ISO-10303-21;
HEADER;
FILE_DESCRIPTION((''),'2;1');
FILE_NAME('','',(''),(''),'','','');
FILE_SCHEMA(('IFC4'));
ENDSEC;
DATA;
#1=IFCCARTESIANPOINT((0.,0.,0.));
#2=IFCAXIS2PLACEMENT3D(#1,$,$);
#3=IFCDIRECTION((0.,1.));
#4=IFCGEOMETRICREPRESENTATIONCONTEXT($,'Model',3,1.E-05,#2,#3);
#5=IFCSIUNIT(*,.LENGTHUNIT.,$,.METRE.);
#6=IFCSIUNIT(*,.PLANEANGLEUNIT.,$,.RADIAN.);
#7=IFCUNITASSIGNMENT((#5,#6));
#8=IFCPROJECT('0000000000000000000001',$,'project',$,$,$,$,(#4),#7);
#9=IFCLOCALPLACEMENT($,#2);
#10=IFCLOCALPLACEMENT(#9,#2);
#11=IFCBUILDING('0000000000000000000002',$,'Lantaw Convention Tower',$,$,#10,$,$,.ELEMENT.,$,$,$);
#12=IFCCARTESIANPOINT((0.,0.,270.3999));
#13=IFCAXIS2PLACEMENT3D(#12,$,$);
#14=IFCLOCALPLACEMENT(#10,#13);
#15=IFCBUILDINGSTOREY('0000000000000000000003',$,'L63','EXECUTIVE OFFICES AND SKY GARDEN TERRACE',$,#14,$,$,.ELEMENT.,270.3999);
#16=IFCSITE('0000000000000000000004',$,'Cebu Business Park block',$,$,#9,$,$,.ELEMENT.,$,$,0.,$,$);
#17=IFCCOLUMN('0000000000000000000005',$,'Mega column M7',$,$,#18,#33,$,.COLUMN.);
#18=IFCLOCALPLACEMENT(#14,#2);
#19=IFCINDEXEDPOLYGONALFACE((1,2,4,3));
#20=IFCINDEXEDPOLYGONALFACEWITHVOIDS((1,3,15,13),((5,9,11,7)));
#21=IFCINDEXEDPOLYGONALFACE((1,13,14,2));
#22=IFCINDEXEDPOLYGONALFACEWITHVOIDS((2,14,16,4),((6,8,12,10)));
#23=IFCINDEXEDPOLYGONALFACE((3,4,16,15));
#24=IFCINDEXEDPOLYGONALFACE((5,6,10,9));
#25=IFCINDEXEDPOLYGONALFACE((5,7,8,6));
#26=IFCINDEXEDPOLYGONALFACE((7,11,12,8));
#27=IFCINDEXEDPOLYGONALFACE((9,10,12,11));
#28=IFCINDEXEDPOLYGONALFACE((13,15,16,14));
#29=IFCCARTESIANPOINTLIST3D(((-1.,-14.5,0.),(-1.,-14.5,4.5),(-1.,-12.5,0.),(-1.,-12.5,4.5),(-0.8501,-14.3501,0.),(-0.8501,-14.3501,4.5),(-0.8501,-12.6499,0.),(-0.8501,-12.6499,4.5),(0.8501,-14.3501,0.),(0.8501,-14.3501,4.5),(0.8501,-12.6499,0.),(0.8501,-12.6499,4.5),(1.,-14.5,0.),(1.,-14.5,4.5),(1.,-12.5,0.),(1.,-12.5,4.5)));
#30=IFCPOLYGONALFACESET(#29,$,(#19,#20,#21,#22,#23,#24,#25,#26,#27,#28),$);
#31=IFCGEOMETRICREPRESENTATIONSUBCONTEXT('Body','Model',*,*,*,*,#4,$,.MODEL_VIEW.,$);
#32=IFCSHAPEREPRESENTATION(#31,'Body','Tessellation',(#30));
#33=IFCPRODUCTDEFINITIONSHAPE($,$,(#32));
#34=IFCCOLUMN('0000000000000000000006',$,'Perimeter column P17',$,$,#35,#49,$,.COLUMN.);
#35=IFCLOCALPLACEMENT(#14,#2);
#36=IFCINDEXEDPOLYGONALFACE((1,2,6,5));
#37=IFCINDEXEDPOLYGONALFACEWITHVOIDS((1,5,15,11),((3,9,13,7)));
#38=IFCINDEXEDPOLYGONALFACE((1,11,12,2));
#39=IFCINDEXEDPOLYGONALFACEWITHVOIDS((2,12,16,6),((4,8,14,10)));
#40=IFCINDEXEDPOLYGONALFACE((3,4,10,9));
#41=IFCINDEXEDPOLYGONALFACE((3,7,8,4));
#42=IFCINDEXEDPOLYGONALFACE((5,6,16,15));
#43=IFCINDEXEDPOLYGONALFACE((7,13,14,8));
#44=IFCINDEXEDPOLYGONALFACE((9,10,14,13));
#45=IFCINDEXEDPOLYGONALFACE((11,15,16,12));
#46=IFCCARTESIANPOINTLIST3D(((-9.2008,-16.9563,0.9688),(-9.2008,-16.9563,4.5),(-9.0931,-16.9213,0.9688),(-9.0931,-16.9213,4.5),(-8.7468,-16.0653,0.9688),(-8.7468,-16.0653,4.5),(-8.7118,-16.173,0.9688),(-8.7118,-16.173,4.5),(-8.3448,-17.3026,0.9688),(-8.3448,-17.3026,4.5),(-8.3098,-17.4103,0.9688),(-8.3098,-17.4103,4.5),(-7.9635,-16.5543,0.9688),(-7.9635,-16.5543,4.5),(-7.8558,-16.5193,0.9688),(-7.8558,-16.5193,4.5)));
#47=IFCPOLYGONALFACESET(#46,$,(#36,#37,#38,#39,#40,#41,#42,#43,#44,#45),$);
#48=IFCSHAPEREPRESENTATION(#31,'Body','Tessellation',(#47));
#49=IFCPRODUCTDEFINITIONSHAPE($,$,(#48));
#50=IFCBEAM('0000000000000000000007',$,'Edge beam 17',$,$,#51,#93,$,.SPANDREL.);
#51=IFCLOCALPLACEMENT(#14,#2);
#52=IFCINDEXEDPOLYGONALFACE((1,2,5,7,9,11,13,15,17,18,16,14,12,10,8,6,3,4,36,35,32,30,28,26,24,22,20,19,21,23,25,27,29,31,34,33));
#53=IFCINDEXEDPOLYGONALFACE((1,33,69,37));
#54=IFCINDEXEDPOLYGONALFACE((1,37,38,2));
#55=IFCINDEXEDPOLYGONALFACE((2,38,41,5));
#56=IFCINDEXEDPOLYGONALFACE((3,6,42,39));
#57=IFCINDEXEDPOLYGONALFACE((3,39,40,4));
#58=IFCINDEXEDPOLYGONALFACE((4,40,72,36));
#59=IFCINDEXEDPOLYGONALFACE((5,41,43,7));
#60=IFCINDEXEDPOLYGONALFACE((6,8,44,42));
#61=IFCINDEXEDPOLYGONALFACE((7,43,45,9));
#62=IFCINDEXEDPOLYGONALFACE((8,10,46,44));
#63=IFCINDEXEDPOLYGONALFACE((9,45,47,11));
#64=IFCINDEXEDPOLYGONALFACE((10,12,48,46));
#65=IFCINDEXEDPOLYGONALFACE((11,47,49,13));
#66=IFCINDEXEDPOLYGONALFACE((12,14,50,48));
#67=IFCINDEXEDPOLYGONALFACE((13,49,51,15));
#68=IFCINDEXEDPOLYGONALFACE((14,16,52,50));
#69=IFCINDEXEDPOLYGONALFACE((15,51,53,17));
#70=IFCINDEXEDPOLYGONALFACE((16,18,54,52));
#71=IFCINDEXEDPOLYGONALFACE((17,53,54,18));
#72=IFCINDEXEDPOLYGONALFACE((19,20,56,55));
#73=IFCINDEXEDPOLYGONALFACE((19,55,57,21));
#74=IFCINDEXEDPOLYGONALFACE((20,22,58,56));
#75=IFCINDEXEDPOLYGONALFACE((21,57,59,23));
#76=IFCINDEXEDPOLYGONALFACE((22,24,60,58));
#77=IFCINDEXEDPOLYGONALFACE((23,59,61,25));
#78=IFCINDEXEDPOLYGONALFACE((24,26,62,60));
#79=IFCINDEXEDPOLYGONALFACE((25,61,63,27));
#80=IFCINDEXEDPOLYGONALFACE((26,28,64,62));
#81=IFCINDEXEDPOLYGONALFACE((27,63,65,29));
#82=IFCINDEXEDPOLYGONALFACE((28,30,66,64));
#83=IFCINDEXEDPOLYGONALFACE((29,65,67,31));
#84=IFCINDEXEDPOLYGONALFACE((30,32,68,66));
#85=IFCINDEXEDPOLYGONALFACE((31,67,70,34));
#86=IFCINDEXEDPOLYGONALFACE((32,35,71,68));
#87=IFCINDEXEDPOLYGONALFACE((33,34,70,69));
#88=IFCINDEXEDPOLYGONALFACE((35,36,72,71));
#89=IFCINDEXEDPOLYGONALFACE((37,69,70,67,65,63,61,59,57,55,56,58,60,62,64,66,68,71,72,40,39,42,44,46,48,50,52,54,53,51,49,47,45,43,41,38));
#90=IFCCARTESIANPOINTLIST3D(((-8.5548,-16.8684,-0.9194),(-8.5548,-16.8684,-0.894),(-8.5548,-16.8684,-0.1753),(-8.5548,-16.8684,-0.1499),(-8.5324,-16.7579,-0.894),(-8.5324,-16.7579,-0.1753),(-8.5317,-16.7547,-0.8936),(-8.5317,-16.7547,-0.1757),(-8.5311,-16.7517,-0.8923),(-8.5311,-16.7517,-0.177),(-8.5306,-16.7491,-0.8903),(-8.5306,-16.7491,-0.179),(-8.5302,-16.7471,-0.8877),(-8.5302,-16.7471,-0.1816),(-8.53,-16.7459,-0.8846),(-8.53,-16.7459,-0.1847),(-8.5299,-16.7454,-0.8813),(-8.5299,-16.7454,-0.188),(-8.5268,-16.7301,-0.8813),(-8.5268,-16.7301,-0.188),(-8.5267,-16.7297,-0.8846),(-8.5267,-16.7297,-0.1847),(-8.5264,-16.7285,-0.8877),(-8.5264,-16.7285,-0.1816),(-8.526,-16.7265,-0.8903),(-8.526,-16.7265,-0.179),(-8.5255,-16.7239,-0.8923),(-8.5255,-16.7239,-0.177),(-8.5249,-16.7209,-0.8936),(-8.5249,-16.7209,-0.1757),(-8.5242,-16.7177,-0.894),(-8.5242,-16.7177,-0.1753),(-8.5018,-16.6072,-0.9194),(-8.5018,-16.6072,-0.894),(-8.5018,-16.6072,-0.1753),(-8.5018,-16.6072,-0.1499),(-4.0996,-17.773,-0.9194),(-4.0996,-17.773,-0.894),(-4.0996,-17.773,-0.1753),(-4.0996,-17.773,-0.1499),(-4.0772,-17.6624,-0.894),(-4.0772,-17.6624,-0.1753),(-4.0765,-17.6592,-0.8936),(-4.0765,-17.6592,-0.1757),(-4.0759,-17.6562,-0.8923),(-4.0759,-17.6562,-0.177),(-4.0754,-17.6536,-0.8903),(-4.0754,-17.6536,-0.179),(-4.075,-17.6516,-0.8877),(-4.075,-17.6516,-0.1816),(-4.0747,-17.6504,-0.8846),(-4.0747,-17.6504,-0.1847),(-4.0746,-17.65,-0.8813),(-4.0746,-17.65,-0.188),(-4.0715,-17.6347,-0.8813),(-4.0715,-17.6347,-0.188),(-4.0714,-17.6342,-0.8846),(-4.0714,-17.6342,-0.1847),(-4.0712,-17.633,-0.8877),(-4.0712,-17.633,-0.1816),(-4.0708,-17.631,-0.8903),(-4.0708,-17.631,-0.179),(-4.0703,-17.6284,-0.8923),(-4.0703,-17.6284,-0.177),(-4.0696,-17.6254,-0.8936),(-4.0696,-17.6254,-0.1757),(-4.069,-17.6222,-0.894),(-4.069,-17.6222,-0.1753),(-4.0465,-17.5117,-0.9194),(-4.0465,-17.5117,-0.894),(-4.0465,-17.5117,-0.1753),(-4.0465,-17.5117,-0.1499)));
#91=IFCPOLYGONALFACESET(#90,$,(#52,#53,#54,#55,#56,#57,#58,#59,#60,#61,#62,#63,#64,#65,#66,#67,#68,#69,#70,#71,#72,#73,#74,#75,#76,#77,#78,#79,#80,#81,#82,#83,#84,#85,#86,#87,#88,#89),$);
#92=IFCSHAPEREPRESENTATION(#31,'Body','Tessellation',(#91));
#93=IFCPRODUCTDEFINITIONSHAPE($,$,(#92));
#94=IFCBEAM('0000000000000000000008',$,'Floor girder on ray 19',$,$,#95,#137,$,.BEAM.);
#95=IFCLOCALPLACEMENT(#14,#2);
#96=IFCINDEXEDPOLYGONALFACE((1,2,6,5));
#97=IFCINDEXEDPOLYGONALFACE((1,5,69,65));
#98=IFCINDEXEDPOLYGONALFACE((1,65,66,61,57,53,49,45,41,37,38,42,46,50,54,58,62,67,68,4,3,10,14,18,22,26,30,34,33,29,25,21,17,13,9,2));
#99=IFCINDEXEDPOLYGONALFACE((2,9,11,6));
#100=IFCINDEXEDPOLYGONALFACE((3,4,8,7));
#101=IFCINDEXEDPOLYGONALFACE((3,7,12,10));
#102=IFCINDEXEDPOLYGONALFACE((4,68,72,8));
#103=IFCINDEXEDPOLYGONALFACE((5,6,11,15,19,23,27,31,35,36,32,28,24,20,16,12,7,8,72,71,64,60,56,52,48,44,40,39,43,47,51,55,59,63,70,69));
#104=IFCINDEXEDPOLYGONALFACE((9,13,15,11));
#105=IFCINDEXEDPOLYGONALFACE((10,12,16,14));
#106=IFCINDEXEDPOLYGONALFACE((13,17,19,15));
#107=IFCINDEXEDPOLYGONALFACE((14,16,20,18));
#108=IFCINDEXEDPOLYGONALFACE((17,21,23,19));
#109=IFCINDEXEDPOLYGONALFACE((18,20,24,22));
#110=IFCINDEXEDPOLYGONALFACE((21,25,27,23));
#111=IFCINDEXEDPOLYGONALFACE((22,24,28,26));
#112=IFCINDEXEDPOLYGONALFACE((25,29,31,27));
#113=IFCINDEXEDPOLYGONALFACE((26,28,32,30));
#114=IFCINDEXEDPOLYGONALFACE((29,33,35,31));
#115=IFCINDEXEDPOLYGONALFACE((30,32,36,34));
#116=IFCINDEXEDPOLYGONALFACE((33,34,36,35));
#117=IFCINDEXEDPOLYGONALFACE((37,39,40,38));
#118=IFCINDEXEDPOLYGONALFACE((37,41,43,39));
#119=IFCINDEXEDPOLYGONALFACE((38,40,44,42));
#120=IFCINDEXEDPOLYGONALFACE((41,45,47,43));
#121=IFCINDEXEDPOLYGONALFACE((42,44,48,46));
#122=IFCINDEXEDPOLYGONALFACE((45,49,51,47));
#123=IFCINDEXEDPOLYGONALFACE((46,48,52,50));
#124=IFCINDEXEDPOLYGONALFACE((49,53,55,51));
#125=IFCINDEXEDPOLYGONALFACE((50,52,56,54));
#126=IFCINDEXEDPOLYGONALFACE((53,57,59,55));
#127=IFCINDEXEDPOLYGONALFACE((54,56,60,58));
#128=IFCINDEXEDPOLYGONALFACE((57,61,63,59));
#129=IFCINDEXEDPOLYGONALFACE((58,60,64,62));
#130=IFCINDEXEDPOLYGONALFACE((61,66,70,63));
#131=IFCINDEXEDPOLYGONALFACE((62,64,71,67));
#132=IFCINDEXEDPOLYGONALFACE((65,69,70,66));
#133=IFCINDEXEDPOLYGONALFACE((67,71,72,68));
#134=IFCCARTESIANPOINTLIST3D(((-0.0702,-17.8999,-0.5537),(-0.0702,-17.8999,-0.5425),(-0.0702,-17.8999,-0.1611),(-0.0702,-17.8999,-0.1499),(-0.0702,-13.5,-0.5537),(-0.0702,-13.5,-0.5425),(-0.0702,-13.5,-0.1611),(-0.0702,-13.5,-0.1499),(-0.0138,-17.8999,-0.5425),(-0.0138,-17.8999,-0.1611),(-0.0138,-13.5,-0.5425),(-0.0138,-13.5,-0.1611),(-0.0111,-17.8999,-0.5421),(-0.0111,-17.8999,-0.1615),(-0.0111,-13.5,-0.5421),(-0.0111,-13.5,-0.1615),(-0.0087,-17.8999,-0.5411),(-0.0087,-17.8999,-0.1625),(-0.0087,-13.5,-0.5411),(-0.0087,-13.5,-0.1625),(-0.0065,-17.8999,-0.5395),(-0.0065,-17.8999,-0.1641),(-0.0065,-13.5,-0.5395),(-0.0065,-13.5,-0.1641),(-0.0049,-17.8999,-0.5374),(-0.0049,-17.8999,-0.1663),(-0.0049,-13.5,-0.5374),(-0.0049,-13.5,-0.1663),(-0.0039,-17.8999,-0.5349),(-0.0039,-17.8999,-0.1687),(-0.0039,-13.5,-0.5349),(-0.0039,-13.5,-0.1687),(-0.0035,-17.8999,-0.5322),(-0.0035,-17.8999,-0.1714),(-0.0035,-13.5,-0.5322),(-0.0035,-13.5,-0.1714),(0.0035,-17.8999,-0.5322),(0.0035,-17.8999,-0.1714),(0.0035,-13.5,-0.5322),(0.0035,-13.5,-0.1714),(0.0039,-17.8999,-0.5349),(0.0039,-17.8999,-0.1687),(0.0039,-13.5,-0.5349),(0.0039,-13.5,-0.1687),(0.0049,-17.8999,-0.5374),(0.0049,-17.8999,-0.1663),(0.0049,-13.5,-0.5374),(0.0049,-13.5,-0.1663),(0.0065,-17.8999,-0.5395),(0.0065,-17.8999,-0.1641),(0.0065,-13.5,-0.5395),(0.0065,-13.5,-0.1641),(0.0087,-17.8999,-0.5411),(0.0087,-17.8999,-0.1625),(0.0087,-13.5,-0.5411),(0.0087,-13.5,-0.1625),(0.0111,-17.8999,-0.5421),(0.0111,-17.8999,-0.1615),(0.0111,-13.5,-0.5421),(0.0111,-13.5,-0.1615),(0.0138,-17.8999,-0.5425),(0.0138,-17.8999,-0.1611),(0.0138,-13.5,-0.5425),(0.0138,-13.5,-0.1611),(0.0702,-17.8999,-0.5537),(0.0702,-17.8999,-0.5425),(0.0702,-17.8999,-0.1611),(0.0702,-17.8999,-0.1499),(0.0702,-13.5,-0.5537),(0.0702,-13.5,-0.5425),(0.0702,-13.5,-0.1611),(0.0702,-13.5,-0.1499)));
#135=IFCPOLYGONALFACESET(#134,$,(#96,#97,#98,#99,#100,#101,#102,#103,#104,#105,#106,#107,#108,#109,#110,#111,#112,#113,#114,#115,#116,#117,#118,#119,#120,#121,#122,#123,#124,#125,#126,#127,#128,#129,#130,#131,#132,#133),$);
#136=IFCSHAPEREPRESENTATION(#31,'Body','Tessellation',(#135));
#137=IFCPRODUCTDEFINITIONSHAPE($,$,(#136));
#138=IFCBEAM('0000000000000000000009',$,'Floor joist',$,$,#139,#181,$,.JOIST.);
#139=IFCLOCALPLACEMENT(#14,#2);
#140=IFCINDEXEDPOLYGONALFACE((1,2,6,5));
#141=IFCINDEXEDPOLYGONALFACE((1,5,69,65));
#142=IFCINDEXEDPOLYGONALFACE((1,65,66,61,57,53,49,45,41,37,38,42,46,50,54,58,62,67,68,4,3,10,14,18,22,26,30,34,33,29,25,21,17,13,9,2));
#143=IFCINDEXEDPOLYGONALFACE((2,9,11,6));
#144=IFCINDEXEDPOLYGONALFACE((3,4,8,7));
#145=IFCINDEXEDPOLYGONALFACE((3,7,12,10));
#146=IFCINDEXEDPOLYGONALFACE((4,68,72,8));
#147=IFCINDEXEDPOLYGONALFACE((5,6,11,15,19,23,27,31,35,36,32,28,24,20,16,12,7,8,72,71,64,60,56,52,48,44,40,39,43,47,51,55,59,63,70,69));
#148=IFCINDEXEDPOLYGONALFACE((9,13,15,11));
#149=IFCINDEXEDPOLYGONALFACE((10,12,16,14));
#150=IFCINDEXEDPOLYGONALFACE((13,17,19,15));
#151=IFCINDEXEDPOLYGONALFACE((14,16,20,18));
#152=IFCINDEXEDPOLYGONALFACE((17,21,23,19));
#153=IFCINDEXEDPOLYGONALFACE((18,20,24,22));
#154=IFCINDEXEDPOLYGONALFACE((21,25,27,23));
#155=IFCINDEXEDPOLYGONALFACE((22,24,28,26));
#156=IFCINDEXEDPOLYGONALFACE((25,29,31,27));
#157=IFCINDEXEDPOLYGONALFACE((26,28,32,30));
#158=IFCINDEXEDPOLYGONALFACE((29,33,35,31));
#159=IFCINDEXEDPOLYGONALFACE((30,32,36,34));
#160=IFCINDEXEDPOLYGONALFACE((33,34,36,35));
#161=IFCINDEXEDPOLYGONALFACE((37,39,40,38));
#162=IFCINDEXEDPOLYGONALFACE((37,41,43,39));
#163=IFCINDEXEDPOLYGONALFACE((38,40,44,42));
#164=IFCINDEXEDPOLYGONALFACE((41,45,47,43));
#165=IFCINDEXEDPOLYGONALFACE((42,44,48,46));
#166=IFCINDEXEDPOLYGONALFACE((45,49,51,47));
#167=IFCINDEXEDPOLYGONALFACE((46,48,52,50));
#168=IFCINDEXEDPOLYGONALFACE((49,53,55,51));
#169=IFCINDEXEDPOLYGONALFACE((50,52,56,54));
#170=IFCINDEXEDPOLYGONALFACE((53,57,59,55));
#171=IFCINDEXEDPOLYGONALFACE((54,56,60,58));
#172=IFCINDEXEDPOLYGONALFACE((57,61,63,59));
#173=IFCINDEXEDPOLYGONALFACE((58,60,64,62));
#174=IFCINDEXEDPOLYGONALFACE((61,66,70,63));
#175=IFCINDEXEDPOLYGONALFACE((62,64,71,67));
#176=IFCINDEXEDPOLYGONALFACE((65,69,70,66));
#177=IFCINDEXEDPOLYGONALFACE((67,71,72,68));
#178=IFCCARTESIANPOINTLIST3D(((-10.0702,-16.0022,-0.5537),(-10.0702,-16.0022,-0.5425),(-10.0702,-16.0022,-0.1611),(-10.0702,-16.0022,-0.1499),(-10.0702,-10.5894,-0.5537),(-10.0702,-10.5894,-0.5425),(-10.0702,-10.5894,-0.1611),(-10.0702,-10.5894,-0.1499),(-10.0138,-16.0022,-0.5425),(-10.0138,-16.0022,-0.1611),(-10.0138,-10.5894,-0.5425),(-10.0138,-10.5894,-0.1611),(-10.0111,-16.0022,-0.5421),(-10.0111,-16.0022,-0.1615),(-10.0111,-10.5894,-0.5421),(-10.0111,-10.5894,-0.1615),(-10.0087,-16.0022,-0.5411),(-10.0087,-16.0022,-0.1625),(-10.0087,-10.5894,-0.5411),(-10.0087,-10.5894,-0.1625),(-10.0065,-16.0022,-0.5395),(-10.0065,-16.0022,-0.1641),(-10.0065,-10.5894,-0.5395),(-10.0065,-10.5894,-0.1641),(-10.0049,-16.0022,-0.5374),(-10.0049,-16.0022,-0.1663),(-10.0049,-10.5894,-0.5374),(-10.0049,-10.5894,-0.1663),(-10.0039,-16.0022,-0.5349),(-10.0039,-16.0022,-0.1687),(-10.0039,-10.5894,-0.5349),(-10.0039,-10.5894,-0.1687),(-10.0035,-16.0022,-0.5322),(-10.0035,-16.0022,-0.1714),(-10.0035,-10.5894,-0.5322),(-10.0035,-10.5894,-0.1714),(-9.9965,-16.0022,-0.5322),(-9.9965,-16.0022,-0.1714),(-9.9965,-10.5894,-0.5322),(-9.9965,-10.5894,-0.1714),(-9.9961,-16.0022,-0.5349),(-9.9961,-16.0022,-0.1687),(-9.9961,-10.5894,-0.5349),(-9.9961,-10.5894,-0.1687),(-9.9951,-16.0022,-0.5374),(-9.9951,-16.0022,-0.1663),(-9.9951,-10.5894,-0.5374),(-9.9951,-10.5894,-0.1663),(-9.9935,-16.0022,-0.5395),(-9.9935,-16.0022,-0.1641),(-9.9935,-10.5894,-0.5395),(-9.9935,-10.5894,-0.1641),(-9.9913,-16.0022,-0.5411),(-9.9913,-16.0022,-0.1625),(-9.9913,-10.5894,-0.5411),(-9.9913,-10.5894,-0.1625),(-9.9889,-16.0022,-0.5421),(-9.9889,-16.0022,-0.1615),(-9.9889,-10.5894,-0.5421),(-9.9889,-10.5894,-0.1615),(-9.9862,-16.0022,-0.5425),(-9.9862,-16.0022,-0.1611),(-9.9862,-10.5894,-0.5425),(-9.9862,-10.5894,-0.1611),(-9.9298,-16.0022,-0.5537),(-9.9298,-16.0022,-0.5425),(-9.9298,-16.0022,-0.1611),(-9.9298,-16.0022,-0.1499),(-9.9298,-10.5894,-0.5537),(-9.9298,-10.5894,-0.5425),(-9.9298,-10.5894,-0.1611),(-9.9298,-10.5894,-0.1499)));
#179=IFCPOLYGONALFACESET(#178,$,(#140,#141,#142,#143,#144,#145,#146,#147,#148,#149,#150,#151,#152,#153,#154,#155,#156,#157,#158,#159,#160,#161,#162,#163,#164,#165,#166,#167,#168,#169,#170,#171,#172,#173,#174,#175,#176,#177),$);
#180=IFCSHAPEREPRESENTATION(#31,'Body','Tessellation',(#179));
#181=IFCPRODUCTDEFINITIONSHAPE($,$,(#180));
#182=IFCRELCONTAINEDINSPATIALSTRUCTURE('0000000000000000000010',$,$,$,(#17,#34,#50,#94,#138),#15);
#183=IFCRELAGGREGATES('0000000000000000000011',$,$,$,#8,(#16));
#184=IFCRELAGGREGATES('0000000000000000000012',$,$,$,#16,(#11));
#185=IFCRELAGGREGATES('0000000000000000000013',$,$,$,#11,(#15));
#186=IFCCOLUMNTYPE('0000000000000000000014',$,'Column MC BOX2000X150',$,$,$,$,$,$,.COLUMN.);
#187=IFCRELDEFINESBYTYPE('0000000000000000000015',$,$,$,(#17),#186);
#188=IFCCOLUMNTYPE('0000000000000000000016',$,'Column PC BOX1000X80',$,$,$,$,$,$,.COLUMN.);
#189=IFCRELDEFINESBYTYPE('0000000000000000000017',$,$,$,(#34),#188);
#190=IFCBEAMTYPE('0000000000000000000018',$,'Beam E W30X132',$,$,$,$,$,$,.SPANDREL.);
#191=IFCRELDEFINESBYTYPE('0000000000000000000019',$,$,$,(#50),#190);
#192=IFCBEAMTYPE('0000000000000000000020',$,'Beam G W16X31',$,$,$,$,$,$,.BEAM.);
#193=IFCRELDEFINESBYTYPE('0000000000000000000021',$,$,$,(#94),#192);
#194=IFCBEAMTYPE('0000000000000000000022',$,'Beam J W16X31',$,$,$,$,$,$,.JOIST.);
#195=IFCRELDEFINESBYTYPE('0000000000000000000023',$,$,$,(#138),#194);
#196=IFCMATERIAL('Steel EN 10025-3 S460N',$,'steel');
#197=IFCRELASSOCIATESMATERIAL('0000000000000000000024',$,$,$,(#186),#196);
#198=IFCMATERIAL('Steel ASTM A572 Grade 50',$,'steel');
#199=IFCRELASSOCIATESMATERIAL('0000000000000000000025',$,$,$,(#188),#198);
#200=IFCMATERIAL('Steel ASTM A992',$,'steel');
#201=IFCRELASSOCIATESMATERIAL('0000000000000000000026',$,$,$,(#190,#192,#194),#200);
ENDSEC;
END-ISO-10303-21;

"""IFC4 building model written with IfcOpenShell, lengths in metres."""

from ifc_helpers import new_model, si_unit, direction, frame, origin, origin_2d, place, context, subcontext, project, spatial, rectangle, hollow_rectangle, i_section, extrude, material, material_profile, profile_set, type_object, element, save


model = new_model("IFC4")

# Units and contexts
model_context = context("Model", 3, precision=1e-05, world=origin(), true_north=direction((0.0, 1.0)))
body_context = subcontext(model_context, "Body", "Model", "MODEL_VIEW")
ifc_project = project(units=[si_unit("LENGTHUNIT", "METRE"), si_unit("PLANEANGLEUNIT", "RADIAN")], contexts=[model_context])

# Site, building, storey
site_placement = place(None, origin())
site = spatial("IfcSite", under=ifc_project, at=site_placement, Name="Cebu Business Park block", CompositionType="ELEMENT", RefElevation=0.0)
building_placement = place(site_placement, origin())
building = spatial("IfcBuilding", under=site, at=building_placement, Name="Lantaw Convention Tower", CompositionType="ELEMENT")
storey_placement = place(building_placement, frame((0.0, 0.0, 270.3999)))
storey = spatial("IfcBuildingStorey", under=building, at=storey_placement, Name="L63", Description="EXECUTIVE OFFICES AND SKY GARDEN TERRACE", CompositionType="ELEMENT", Elevation=270.3999)

# Columns
ifc_material_1 = material(Name="Steel EN 10025-3 S460N", Category="steel")
ifc_material_profile_1 = material_profile(ifc_material_1, hollow_rectangle(XDim=2.0, YDim=2.0, WallThickness=0.1499, at=origin_2d()), Name="BOX2000X150")
ifc_material_2 = material(Name="Concrete C60/75", Category="concrete")
ifc_material_profile_2 = material_profile(ifc_material_2, rectangle(XDim=1.7, YDim=1.7, at=origin_2d()), Name="Concrete fill of BOX2000X150")
ifc_profile_set_1 = profile_set([ifc_material_profile_1, ifc_material_profile_2], Name="Steel EN 10025-3 S460N")
column_type_1 = type_object("IfcColumnType", Name="Column MC BOX2000X150", PredefinedType="COLUMN", material=ifc_profile_set_1)
column_1_placement = place(storey_placement, frame((0.0, -13.5, 0.0), z_axis=(0.0, 0.0, 1.0), x_axis=(1.0, 0.0, 0.0)))
element("IfcColumn", 1, at=column_1_placement, inside=storey, type_object=column_type_1, Name="Mega column M7", PredefinedType="COLUMN", context=body_context, shape_type="SweptSolid", body=[
    extrude(hollow_rectangle(XDim=2.0, YDim=2.0, WallThickness=0.1499, at=origin_2d()), origin(), (0.0, 0.0, 1.0), 4.5),
])
ifc_material_3 = material(Name="Steel ASTM A572 Grade 50", Category="steel")
ifc_material_profile_3 = material_profile(ifc_material_3, hollow_rectangle(XDim=1.0, YDim=1.0, WallThickness=0.0801, at=origin_2d()), Name="BOX1000X80")
ifc_material_profile_4 = material_profile(ifc_material_2, rectangle(XDim=0.8401, YDim=0.8401, at=origin_2d()), Name="Concrete fill of BOX1000X80")
ifc_profile_set_2 = profile_set([ifc_material_profile_3, ifc_material_profile_4], Name="Steel ASTM A572 Grade 50")
column_type_2 = type_object("IfcColumnType", Name="Column PC BOX1000X80", PredefinedType="COLUMN", material=ifc_profile_set_2)
column_2_placement = place(storey_placement, frame((-8.5283, -16.7378, 0.9688), z_axis=(0.0, 0.0, 1.0), x_axis=(0.45399, 0.891007, 0.0)))
element("IfcColumn", 2, at=column_2_placement, inside=storey, type_object=column_type_2, Name="Perimeter column P17", PredefinedType="COLUMN", context=body_context, shape_type="SweptSolid", body=[
    extrude(hollow_rectangle(XDim=1.0, YDim=1.0, WallThickness=0.0801, at=origin_2d()), origin(), (0.0, 0.0, 1.0), 3.5312),
])

# Beams
ifc_material_4 = material(Name="Steel ASTM A992", Category="steel")
ifc_material_profile_5 = material_profile(ifc_material_4, i_section(OverallWidth=0.2666, OverallDepth=0.7695, WebThickness=0.0156, FlangeThickness=0.0254, FilletRadius=0.0127, at=origin_2d()), Name="W30X132")
ifc_profile_set_3 = profile_set([ifc_material_profile_5], Name="Steel ASTM A992")
beam_type_1 = type_object("IfcBeamType", Name="Beam E W30X132", PredefinedType="SPANDREL", material=ifc_profile_set_3)
beam_1_placement = place(storey_placement, frame((-8.5283, -16.7378, -0.5347), z_axis=(0.980006, -0.198966, 0.0), x_axis=(0.198966, 0.980006, 0.0)))
element("IfcBeam", 3, at=beam_1_placement, inside=storey, type_object=beam_type_1, Name="Edge beam 17", PredefinedType="SPANDREL", context=body_context, shape_type="SweptSolid", body=[
    extrude(i_section(OverallWidth=0.2666, OverallDepth=0.7695, WebThickness=0.0156, FlangeThickness=0.0254, FilletRadius=0.0127, at=origin_2d()), origin(), (0.0, 0.0, 1.0), 4.5461),
])
ifc_material_profile_6 = material_profile(ifc_material_4, i_section(OverallWidth=0.1404, OverallDepth=0.4038, WebThickness=0.0071, FlangeThickness=0.0112, FilletRadius=0.0103, at=origin_2d()), Name="W16X31")
ifc_profile_set_4 = profile_set([ifc_material_profile_6], Name="Steel ASTM A992")
beam_type_2 = type_object("IfcBeamType", Name="Beam G W16X31", PredefinedType="BEAM", material=ifc_profile_set_4)
beam_2_placement = place(storey_placement, frame((0.0, -13.5, -0.3518), z_axis=(0.0, -1.0, 0.0), x_axis=(1.0, 0.0, 0.0)))
element("IfcBeam", 4, at=beam_2_placement, inside=storey, type_object=beam_type_2, Name="Floor girder on ray 19", PredefinedType="BEAM", context=body_context, shape_type="SweptSolid", body=[
    extrude(i_section(OverallWidth=0.1404, OverallDepth=0.4038, WebThickness=0.0071, FlangeThickness=0.0112, FilletRadius=0.0103, at=origin_2d()), origin(), (0.0, 0.0, 1.0), 4.3999),
])
ifc_material_profile_7 = material_profile(ifc_material_4, i_section(OverallWidth=0.1404, OverallDepth=0.4038, WebThickness=0.0071, FlangeThickness=0.0112, FilletRadius=0.0103, at=origin_2d()), Name="W16X31")
ifc_profile_set_5 = profile_set([ifc_material_profile_7], Name="Steel ASTM A992")
beam_type_3 = type_object("IfcBeamType", Name="Beam J W16X31", PredefinedType="JOIST", material=ifc_profile_set_5)
beam_3_placement = place(storey_placement, frame((-10.0, -16.0022, -0.3518), z_axis=(0.0, 1.0, 0.0), x_axis=(-1.0, 0.0, 0.0)))
element("IfcBeam", 5, at=beam_3_placement, inside=storey, type_object=beam_type_3, Name="Floor joist", PredefinedType="JOIST", context=body_context, shape_type="SweptSolid", body=[
    extrude(i_section(OverallWidth=0.1404, OverallDepth=0.4038, WebThickness=0.0071, FlangeThickness=0.0112, FilletRadius=0.0103, at=origin_2d()), origin(), (0.0, 0.0, 1.0), 5.4128),
])

save(model, "model.ifc")
